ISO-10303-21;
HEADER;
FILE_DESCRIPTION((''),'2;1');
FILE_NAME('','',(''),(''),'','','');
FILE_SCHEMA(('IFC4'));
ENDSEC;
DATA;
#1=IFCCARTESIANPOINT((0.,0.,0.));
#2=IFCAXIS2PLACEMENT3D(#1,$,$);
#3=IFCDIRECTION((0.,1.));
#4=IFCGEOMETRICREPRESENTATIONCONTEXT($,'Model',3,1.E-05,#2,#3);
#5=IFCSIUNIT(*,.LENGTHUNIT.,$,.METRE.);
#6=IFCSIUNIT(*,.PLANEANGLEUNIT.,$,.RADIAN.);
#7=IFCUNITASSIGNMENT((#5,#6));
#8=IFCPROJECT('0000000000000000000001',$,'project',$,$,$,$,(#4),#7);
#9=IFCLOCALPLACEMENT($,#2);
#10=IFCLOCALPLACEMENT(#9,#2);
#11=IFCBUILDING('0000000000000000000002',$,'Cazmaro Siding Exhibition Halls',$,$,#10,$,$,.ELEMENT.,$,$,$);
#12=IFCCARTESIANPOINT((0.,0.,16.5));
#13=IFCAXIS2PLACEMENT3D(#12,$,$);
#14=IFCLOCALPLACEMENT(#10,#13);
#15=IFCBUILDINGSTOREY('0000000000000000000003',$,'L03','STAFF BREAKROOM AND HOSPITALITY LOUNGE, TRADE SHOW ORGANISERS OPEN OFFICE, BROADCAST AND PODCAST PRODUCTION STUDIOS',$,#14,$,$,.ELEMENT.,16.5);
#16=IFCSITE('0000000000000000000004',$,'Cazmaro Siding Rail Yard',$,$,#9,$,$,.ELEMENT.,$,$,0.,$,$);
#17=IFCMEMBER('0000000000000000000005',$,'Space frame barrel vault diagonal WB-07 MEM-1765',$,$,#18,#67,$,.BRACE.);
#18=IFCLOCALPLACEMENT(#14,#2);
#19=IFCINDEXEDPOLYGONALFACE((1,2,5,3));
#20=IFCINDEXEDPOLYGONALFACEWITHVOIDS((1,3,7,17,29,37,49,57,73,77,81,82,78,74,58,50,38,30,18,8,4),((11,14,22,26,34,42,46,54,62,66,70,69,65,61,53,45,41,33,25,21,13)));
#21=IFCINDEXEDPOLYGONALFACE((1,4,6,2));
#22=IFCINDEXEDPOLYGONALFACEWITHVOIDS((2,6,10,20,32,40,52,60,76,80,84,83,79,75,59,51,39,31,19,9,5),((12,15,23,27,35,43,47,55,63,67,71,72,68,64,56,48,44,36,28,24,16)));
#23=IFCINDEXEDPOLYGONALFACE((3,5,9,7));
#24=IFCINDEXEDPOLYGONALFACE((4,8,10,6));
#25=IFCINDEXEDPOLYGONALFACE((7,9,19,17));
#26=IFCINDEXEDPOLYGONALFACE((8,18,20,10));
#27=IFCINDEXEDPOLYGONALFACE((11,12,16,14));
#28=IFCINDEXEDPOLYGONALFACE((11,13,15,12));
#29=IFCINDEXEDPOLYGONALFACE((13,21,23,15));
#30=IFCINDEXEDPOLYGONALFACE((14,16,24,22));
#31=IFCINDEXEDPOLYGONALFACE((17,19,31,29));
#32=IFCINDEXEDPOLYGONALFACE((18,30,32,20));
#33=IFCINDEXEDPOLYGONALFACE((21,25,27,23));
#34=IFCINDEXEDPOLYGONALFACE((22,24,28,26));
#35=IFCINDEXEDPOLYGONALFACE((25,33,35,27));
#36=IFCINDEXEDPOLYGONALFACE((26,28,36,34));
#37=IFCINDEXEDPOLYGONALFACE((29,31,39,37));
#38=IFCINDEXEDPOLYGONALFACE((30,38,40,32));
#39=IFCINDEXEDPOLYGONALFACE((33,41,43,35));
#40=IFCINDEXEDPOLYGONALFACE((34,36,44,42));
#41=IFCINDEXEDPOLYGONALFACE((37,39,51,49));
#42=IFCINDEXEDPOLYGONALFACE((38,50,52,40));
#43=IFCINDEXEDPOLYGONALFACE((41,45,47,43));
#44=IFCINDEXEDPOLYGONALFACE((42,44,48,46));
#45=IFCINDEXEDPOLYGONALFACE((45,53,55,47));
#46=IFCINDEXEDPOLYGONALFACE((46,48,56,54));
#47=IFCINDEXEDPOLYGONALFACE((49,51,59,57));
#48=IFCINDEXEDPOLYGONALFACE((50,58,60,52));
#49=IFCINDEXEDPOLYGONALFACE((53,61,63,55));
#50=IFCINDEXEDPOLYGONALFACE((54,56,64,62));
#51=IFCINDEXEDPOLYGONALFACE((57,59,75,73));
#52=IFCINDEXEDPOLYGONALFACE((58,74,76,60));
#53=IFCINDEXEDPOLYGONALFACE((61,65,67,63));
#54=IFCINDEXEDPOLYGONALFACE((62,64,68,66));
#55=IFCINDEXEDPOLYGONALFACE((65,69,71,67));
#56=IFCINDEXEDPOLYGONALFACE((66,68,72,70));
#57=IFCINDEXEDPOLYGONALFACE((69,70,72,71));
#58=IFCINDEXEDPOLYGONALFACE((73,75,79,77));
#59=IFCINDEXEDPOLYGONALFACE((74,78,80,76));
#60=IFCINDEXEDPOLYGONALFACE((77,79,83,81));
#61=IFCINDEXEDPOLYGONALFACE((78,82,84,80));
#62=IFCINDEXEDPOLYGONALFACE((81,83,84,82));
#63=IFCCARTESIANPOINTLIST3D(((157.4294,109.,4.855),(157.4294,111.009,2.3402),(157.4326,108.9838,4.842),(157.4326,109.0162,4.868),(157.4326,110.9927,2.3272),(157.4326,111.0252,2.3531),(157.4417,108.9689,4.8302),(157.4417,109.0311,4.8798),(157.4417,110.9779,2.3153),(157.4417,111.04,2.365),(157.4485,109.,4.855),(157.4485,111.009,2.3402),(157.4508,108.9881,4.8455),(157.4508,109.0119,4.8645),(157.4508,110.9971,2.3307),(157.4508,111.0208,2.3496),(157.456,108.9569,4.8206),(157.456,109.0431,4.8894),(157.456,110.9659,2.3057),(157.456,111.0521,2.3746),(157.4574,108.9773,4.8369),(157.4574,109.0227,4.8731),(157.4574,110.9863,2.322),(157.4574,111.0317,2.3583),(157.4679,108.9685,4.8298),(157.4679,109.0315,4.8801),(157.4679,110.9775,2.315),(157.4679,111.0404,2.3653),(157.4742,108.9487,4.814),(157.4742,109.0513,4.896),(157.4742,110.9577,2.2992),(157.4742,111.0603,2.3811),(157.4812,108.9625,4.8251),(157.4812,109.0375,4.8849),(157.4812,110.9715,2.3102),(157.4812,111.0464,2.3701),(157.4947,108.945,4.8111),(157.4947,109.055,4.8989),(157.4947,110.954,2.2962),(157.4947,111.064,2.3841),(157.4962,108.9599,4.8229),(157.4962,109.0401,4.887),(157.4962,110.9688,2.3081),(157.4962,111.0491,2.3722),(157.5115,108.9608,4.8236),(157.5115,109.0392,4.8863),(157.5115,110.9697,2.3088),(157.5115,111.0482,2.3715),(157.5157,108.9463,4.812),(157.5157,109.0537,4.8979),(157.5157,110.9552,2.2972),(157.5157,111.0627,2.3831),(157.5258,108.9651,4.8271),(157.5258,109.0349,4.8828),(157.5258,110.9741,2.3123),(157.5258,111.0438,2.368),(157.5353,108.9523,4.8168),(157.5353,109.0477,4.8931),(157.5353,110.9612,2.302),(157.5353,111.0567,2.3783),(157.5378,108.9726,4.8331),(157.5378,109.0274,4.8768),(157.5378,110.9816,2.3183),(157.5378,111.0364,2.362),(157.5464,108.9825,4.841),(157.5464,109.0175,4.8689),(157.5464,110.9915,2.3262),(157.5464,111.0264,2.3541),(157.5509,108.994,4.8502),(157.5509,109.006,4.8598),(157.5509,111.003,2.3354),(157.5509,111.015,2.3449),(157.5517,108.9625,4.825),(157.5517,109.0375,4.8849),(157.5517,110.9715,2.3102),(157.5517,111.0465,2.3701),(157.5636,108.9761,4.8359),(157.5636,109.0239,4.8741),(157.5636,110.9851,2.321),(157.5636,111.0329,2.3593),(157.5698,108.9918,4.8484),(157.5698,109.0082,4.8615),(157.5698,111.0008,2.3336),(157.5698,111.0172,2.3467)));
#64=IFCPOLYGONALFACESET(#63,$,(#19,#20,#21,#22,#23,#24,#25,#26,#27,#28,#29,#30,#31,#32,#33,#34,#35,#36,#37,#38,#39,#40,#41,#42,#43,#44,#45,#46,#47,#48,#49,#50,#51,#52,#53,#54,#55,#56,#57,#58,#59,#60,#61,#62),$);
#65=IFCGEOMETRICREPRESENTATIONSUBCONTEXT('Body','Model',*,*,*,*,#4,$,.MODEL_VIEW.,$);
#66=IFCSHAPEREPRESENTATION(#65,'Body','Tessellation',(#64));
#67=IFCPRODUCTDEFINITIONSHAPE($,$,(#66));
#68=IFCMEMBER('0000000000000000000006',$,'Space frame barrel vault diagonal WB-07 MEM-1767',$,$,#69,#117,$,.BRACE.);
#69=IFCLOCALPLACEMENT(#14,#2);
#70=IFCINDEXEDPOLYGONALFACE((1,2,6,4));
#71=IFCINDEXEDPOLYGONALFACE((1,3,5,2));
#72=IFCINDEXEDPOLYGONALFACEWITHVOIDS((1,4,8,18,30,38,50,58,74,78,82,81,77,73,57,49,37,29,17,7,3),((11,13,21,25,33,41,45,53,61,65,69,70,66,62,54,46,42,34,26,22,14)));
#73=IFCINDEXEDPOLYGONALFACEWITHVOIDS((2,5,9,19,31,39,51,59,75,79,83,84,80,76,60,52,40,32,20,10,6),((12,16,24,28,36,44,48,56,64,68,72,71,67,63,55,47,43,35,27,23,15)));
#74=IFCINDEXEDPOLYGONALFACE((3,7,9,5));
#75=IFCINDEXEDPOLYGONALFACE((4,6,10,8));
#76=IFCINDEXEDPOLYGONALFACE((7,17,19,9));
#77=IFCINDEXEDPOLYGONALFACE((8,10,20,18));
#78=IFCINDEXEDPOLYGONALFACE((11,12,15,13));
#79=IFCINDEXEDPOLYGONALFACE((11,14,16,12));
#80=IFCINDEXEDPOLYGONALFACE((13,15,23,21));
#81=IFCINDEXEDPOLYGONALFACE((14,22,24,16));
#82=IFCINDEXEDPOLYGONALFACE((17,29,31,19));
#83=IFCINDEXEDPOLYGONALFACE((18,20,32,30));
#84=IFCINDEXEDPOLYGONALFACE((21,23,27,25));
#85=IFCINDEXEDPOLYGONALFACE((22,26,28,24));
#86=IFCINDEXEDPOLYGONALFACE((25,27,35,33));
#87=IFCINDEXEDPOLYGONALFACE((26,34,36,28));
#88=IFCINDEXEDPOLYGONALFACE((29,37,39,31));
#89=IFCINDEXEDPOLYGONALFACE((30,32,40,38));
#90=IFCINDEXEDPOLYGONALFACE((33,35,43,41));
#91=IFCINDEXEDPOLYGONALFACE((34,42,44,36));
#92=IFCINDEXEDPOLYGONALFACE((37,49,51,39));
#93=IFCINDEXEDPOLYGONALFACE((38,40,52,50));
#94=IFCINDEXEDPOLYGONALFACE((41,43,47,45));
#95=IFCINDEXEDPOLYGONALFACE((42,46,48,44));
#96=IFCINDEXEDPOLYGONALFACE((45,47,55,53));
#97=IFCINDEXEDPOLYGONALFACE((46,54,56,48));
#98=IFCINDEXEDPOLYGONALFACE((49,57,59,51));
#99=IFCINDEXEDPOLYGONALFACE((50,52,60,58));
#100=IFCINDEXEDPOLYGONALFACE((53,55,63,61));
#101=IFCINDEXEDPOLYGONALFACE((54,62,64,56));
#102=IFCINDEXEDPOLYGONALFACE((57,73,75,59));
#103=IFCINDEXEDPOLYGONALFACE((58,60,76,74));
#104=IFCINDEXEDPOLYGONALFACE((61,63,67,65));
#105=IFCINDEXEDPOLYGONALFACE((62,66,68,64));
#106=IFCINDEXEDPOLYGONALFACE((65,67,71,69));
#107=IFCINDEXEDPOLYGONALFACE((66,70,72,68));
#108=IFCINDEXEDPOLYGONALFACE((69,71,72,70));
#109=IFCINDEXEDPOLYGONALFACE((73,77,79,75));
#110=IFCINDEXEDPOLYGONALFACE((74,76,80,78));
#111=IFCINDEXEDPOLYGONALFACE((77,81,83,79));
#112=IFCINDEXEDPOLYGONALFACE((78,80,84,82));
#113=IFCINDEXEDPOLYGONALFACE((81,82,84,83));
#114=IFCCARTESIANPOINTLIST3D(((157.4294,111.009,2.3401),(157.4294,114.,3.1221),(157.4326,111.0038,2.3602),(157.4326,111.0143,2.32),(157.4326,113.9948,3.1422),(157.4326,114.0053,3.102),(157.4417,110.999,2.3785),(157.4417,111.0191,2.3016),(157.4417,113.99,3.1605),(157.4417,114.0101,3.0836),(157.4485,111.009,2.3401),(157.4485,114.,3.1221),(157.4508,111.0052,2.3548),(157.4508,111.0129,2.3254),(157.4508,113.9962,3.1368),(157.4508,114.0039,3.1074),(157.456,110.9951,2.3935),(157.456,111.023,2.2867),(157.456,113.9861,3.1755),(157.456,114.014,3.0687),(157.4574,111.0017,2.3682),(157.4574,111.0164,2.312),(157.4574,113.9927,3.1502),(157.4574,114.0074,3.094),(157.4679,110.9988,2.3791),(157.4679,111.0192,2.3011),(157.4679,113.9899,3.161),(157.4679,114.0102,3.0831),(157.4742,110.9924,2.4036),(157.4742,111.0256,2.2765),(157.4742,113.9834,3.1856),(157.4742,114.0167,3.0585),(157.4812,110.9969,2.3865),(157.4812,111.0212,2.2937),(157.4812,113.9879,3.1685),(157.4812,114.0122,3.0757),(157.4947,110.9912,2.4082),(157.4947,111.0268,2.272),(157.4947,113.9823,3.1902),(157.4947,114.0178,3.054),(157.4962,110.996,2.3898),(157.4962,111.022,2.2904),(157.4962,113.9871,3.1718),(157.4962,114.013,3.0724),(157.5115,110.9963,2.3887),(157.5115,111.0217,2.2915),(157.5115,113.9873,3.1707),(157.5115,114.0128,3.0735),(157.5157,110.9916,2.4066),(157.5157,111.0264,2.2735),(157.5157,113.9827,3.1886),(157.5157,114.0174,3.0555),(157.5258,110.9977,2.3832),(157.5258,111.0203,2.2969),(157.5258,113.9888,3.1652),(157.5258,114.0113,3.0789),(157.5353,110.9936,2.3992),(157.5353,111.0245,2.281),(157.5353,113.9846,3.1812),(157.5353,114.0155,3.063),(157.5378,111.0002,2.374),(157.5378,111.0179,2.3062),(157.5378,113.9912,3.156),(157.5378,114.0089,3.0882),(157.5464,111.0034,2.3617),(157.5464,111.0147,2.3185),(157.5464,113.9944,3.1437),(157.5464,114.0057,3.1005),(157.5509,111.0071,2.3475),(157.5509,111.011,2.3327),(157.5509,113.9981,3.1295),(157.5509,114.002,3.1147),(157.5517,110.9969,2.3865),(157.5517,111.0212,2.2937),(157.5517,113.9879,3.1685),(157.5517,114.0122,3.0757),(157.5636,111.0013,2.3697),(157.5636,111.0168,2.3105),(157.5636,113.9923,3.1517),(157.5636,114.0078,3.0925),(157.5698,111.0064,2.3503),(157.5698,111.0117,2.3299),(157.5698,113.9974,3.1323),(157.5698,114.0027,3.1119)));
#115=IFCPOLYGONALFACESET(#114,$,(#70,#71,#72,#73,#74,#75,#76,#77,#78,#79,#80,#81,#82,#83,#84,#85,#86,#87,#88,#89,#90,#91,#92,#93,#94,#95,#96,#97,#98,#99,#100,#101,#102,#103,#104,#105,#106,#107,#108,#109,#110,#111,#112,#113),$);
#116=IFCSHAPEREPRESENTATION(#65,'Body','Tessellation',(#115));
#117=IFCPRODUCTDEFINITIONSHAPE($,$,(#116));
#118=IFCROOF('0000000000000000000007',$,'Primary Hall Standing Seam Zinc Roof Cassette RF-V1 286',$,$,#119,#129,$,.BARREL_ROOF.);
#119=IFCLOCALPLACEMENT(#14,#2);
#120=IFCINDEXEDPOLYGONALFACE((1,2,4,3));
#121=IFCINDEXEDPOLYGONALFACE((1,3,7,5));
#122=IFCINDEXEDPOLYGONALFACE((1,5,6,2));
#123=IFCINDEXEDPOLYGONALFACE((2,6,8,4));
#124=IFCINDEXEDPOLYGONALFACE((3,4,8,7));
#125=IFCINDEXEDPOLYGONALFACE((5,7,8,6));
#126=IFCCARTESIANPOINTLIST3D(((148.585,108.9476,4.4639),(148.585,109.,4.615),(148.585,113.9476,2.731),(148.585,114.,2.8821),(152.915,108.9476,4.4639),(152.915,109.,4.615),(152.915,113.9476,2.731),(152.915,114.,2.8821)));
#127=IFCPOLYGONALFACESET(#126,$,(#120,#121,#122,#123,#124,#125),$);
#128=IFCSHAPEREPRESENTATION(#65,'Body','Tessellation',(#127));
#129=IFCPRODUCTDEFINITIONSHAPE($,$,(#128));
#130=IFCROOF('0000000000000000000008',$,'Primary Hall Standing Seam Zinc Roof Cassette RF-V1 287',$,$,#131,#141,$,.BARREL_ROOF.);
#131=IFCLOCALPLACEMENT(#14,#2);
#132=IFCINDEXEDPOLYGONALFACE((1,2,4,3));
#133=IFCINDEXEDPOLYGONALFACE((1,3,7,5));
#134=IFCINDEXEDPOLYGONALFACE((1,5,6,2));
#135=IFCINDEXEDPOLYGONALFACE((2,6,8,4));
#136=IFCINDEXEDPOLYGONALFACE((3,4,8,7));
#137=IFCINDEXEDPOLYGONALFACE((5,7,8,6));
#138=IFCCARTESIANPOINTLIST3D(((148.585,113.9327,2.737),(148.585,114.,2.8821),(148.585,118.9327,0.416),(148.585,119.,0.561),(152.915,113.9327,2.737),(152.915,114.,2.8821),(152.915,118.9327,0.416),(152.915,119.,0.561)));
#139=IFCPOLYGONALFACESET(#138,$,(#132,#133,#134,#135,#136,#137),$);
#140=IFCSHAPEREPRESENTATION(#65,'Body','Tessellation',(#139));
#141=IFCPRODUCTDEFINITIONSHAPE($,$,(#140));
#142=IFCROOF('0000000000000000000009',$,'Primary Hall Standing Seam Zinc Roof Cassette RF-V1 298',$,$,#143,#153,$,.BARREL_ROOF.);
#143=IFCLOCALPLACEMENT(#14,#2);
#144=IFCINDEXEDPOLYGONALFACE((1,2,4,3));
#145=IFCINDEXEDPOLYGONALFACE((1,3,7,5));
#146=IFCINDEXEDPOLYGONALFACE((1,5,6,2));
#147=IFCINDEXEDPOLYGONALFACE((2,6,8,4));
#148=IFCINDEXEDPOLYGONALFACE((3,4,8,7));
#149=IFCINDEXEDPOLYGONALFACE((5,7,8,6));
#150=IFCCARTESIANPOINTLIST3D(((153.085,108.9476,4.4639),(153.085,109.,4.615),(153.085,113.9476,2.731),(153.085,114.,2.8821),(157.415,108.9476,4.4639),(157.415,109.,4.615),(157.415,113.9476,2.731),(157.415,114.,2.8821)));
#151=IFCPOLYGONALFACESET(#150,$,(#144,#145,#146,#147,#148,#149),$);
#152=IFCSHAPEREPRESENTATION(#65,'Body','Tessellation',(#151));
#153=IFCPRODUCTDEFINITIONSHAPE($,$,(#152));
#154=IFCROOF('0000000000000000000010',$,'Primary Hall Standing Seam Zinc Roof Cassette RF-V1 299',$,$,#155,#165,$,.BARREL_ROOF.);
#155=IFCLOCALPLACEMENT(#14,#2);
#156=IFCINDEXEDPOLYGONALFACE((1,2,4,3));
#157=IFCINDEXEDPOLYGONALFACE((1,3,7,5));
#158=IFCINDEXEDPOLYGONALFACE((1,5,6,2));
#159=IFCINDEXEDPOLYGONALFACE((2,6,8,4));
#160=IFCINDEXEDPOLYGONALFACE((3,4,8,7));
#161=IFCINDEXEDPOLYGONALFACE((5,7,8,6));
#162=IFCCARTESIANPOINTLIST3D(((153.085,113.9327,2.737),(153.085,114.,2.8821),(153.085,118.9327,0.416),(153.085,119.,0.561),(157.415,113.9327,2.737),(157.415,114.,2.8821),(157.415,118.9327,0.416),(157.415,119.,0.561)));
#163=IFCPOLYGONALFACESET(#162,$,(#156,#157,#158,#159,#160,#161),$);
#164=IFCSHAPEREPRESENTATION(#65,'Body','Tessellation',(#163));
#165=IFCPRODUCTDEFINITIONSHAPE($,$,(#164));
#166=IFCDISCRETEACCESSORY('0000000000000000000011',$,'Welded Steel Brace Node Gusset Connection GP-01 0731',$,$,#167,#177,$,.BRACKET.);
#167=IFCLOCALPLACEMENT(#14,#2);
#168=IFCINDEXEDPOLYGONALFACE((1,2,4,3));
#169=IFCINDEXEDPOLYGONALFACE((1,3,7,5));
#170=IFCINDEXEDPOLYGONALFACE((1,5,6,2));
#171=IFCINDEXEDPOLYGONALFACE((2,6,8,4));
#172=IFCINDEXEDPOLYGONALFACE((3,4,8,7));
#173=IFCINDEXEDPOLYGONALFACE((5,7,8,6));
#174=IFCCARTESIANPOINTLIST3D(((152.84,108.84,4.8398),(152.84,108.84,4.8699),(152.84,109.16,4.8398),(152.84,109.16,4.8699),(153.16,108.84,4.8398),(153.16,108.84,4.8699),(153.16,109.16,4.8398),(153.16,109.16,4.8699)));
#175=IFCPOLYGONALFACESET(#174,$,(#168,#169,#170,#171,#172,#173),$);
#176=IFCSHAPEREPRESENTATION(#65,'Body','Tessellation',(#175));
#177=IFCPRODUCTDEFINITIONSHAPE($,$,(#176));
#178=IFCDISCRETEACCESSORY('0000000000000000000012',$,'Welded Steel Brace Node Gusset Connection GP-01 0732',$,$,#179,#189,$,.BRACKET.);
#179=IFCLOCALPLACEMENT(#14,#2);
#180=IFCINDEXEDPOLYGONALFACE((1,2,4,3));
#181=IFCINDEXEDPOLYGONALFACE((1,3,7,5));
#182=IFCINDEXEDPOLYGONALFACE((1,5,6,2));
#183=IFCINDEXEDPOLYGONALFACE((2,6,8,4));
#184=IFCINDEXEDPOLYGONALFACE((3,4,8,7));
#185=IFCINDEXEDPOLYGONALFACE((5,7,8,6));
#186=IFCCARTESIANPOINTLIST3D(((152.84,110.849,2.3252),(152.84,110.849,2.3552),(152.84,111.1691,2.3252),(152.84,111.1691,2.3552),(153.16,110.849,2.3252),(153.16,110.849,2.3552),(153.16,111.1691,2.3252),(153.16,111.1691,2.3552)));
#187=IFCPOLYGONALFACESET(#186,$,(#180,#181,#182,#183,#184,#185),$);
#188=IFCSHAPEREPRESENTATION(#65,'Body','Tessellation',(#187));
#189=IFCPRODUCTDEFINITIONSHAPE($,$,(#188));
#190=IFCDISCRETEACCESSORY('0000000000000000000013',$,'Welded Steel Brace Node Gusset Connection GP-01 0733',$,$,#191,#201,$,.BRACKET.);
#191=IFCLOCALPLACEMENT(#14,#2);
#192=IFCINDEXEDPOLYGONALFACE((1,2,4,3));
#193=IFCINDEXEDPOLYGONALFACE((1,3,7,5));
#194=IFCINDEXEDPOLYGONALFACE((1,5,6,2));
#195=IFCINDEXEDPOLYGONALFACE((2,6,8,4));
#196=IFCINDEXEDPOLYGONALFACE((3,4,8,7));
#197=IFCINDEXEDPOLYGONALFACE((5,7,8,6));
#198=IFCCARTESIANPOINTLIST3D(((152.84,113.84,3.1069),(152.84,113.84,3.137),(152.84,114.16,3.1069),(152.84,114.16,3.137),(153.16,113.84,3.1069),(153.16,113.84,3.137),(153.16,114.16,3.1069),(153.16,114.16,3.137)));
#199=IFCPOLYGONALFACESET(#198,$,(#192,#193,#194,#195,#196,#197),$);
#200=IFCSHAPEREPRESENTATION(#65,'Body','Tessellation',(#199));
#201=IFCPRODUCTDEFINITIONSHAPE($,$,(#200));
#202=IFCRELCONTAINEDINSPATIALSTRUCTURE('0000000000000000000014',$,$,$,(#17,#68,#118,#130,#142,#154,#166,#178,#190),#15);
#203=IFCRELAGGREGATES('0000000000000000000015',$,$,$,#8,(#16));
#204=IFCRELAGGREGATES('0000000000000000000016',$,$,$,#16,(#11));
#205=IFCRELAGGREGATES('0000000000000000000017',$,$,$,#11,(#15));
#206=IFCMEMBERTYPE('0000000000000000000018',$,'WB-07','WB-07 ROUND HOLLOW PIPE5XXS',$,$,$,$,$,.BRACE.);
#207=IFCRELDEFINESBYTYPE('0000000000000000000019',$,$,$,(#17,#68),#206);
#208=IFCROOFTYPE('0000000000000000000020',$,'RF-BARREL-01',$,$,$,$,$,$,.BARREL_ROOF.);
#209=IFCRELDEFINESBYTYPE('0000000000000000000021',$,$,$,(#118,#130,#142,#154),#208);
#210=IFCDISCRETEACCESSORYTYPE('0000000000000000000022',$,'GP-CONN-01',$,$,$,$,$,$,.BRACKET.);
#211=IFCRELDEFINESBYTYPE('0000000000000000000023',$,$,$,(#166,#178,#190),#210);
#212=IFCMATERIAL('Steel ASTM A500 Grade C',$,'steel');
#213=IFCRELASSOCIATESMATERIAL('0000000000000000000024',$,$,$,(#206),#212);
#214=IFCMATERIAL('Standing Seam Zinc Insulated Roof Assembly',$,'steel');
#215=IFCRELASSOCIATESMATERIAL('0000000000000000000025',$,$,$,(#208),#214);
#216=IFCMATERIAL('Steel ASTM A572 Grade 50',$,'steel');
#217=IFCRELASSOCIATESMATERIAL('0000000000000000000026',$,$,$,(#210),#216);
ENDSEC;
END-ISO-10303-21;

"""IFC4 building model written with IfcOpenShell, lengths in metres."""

from ifc_helpers import new_model, si_unit, direction, frame, origin, origin_2d, place, context, subcontext, project, spatial, polyline, rectangle, hollow_circle, outline, extrude, material, material_profile, profile_set, type_object, element, save


model = new_model("IFC4")

# Units and contexts
model_context = context("Model", 3, precision=1e-05, world=origin(), true_north=direction((0.0, 1.0)))
body_context = subcontext(model_context, "Body", "Model", "MODEL_VIEW")
ifc_project = project(units=[si_unit("LENGTHUNIT", "METRE"), si_unit("PLANEANGLEUNIT", "RADIAN")], contexts=[model_context])

# Site, building, storey
site_placement = place(None, origin())
site = spatial("IfcSite", under=ifc_project, at=site_placement, Name="Cazmaro Siding Rail Yard", CompositionType="ELEMENT", RefElevation=0.0)
building_placement = place(site_placement, origin())
building = spatial("IfcBuilding", under=site, at=building_placement, Name="Cazmaro Siding Exhibition Halls", CompositionType="ELEMENT")
storey_placement = place(building_placement, frame((0.0, 0.0, 16.5)))
storey = spatial("IfcBuildingStorey", under=building, at=storey_placement, Name="L03", Description="STAFF BREAKROOM AND HOSPITALITY LOUNGE, TRADE SHOW ORGANISERS OPEN OFFICE, BROADCAST AND PODCAST PRODUCTION STUDIOS", CompositionType="ELEMENT", Elevation=16.5)

# Members
ifc_material_1 = material(Name="Steel ASTM A500 Grade C", Category="steel")
ifc_material_profile_1 = material_profile(ifc_material_1, hollow_circle(Radius=0.0706, WallThickness=0.019, at=origin_2d()), Name="PIPE5XXS")
ifc_profile_set_1 = profile_set([ifc_material_profile_1], Name="Steel ASTM A500 Grade C")
member_type_1 = type_object("IfcMemberType", Name="WB-07", Description="WB-07 ROUND HOLLOW PIPE5XXS", PredefinedType="BRACE", material=ifc_profile_set_1)
member_1_placement = place(storey_placement, frame((157.5, 109.0, 4.855), z_axis=(0.0, 0.624149, -0.781305), x_axis=(-1.0, 0.0, 0.0)))
element("IfcMember", 1, at=member_1_placement, inside=storey, type_object=member_type_1, Name="Space frame barrel vault diagonal WB-07 MEM-1765", PredefinedType="BRACE", context=body_context, shape_type="SweptSolid", body=[
    extrude(hollow_circle(Radius=0.0706, WallThickness=0.019, at=origin_2d()), origin(), (0.0, 0.0, 1.0), 3.2188),
])
member_2_placement = place(storey_placement, frame((157.5, 111.009, 2.3401), z_axis=(0.0, 0.96748, 0.252946), x_axis=(-1.0, 0.0, 0.0)))
element("IfcMember", 2, at=member_2_placement, inside=storey, type_object=member_type_1, Name="Space frame barrel vault diagonal WB-07 MEM-1767", PredefinedType="BRACE", context=body_context, shape_type="SweptSolid", body=[
    extrude(hollow_circle(Radius=0.0706, WallThickness=0.019, at=origin_2d()), origin(), (0.0, 0.0, 1.0), 3.0916),
])

# Roofs
ifc_material_2 = material(Name="Standing Seam Zinc Insulated Roof Assembly", Category="steel")
roof_type = type_object("IfcRoofType", Name="RF-BARREL-01", PredefinedType="BARREL_ROOF", material=ifc_material_2)
roof_1_placement = place(storey_placement, frame((148.585, 109.0, 4.615), z_axis=(0.0, 0.327472, 0.944861), x_axis=(1.0, 0.0, 0.0)))
element("IfcRoof", 3, at=roof_1_placement, inside=storey, type_object=roof_type, Name="Primary Hall Standing Seam Zinc Roof Cassette RF-V1 286", PredefinedType="BARREL_ROOF", context=body_context, shape_type="SweptSolid", body=[
    extrude(outline(polyline([(0.0, 0.0), (4.3301, 0.0), (4.3301, 5.2918), (0.0, 5.2918), (0.0, 0.0)])), origin(), (0.0, 0.0, -1.0), 0.1599),
])
roof_2_placement = place(storey_placement, frame((148.585, 114.0, 2.8821), z_axis=(0.0, 0.421054, 0.907036), x_axis=(1.0, 0.0, 0.0)))
element("IfcRoof", 4, at=roof_2_placement, inside=storey, type_object=roof_type, Name="Primary Hall Standing Seam Zinc Roof Cassette RF-V1 287", PredefinedType="BARREL_ROOF", context=body_context, shape_type="SweptSolid", body=[
    extrude(outline(polyline([(0.0, 0.0), (4.3301, 0.0), (4.3301, 5.5125), (0.0, 5.5125), (0.0, 0.0)])), origin(), (0.0, 0.0, -1.0), 0.1599),
])
roof_3_placement = place(storey_placement, frame((153.085, 109.0, 4.615), z_axis=(0.0, 0.327472, 0.944861), x_axis=(1.0, 0.0, 0.0)))
element("IfcRoof", 5, at=roof_3_placement, inside=storey, type_object=roof_type, Name="Primary Hall Standing Seam Zinc Roof Cassette RF-V1 298", PredefinedType="BARREL_ROOF", context=body_context, shape_type="SweptSolid", body=[
    extrude(outline(polyline([(0.0, 0.0), (4.3301, 0.0), (4.3301, 5.2918), (0.0, 5.2918), (0.0, 0.0)])), origin(), (0.0, 0.0, -1.0), 0.1599),
])
roof_4_placement = place(storey_placement, frame((153.085, 114.0, 2.8821), z_axis=(0.0, 0.421054, 0.907036), x_axis=(1.0, 0.0, 0.0)))
element("IfcRoof", 6, at=roof_4_placement, inside=storey, type_object=roof_type, Name="Primary Hall Standing Seam Zinc Roof Cassette RF-V1 299", PredefinedType="BARREL_ROOF", context=body_context, shape_type="SweptSolid", body=[
    extrude(outline(polyline([(0.0, 0.0), (4.3301, 0.0), (4.3301, 5.5125), (0.0, 5.5125), (0.0, 0.0)])), origin(), (0.0, 0.0, -1.0), 0.1599),
])

# Discrete accessories
ifc_material_3 = material(Name="Steel ASTM A572 Grade 50", Category="steel")
discrete_accessory_type = type_object("IfcDiscreteAccessoryType", Name="GP-CONN-01", PredefinedType="BRACKET", material=ifc_material_3)
for number, where, z_axis, x_axis, name in (
    (7, (153.0, 109.0, 4.8398), (0.0, 0.0, 1.0), (1.0, 0.0, 0.0), "Welded Steel Brace Node Gusset Connection GP-01 0731"),
    (8, (153.0, 111.009, 2.3252), (0.0, 0.0, 1.0), (1.0, 0.0, 0.0), "Welded Steel Brace Node Gusset Connection GP-01 0732"),
    (9, (153.0, 114.0, 3.1069), (0.0, 0.0, 1.0), (1.0, 0.0, 0.0), "Welded Steel Brace Node Gusset Connection GP-01 0733"),
):
    element("IfcDiscreteAccessory", number, at=place(storey_placement, frame(where, z_axis=z_axis, x_axis=x_axis)), inside=storey, type_object=discrete_accessory_type, Name=name, PredefinedType="BRACKET", context=body_context, shape_type="SweptSolid", body=[
        extrude(rectangle(XDim=0.3201, YDim=0.3201, at=origin_2d()), origin(), (0.0, 0.0, 1.0), 0.03),
    ])

save(model, "model.ifc")
